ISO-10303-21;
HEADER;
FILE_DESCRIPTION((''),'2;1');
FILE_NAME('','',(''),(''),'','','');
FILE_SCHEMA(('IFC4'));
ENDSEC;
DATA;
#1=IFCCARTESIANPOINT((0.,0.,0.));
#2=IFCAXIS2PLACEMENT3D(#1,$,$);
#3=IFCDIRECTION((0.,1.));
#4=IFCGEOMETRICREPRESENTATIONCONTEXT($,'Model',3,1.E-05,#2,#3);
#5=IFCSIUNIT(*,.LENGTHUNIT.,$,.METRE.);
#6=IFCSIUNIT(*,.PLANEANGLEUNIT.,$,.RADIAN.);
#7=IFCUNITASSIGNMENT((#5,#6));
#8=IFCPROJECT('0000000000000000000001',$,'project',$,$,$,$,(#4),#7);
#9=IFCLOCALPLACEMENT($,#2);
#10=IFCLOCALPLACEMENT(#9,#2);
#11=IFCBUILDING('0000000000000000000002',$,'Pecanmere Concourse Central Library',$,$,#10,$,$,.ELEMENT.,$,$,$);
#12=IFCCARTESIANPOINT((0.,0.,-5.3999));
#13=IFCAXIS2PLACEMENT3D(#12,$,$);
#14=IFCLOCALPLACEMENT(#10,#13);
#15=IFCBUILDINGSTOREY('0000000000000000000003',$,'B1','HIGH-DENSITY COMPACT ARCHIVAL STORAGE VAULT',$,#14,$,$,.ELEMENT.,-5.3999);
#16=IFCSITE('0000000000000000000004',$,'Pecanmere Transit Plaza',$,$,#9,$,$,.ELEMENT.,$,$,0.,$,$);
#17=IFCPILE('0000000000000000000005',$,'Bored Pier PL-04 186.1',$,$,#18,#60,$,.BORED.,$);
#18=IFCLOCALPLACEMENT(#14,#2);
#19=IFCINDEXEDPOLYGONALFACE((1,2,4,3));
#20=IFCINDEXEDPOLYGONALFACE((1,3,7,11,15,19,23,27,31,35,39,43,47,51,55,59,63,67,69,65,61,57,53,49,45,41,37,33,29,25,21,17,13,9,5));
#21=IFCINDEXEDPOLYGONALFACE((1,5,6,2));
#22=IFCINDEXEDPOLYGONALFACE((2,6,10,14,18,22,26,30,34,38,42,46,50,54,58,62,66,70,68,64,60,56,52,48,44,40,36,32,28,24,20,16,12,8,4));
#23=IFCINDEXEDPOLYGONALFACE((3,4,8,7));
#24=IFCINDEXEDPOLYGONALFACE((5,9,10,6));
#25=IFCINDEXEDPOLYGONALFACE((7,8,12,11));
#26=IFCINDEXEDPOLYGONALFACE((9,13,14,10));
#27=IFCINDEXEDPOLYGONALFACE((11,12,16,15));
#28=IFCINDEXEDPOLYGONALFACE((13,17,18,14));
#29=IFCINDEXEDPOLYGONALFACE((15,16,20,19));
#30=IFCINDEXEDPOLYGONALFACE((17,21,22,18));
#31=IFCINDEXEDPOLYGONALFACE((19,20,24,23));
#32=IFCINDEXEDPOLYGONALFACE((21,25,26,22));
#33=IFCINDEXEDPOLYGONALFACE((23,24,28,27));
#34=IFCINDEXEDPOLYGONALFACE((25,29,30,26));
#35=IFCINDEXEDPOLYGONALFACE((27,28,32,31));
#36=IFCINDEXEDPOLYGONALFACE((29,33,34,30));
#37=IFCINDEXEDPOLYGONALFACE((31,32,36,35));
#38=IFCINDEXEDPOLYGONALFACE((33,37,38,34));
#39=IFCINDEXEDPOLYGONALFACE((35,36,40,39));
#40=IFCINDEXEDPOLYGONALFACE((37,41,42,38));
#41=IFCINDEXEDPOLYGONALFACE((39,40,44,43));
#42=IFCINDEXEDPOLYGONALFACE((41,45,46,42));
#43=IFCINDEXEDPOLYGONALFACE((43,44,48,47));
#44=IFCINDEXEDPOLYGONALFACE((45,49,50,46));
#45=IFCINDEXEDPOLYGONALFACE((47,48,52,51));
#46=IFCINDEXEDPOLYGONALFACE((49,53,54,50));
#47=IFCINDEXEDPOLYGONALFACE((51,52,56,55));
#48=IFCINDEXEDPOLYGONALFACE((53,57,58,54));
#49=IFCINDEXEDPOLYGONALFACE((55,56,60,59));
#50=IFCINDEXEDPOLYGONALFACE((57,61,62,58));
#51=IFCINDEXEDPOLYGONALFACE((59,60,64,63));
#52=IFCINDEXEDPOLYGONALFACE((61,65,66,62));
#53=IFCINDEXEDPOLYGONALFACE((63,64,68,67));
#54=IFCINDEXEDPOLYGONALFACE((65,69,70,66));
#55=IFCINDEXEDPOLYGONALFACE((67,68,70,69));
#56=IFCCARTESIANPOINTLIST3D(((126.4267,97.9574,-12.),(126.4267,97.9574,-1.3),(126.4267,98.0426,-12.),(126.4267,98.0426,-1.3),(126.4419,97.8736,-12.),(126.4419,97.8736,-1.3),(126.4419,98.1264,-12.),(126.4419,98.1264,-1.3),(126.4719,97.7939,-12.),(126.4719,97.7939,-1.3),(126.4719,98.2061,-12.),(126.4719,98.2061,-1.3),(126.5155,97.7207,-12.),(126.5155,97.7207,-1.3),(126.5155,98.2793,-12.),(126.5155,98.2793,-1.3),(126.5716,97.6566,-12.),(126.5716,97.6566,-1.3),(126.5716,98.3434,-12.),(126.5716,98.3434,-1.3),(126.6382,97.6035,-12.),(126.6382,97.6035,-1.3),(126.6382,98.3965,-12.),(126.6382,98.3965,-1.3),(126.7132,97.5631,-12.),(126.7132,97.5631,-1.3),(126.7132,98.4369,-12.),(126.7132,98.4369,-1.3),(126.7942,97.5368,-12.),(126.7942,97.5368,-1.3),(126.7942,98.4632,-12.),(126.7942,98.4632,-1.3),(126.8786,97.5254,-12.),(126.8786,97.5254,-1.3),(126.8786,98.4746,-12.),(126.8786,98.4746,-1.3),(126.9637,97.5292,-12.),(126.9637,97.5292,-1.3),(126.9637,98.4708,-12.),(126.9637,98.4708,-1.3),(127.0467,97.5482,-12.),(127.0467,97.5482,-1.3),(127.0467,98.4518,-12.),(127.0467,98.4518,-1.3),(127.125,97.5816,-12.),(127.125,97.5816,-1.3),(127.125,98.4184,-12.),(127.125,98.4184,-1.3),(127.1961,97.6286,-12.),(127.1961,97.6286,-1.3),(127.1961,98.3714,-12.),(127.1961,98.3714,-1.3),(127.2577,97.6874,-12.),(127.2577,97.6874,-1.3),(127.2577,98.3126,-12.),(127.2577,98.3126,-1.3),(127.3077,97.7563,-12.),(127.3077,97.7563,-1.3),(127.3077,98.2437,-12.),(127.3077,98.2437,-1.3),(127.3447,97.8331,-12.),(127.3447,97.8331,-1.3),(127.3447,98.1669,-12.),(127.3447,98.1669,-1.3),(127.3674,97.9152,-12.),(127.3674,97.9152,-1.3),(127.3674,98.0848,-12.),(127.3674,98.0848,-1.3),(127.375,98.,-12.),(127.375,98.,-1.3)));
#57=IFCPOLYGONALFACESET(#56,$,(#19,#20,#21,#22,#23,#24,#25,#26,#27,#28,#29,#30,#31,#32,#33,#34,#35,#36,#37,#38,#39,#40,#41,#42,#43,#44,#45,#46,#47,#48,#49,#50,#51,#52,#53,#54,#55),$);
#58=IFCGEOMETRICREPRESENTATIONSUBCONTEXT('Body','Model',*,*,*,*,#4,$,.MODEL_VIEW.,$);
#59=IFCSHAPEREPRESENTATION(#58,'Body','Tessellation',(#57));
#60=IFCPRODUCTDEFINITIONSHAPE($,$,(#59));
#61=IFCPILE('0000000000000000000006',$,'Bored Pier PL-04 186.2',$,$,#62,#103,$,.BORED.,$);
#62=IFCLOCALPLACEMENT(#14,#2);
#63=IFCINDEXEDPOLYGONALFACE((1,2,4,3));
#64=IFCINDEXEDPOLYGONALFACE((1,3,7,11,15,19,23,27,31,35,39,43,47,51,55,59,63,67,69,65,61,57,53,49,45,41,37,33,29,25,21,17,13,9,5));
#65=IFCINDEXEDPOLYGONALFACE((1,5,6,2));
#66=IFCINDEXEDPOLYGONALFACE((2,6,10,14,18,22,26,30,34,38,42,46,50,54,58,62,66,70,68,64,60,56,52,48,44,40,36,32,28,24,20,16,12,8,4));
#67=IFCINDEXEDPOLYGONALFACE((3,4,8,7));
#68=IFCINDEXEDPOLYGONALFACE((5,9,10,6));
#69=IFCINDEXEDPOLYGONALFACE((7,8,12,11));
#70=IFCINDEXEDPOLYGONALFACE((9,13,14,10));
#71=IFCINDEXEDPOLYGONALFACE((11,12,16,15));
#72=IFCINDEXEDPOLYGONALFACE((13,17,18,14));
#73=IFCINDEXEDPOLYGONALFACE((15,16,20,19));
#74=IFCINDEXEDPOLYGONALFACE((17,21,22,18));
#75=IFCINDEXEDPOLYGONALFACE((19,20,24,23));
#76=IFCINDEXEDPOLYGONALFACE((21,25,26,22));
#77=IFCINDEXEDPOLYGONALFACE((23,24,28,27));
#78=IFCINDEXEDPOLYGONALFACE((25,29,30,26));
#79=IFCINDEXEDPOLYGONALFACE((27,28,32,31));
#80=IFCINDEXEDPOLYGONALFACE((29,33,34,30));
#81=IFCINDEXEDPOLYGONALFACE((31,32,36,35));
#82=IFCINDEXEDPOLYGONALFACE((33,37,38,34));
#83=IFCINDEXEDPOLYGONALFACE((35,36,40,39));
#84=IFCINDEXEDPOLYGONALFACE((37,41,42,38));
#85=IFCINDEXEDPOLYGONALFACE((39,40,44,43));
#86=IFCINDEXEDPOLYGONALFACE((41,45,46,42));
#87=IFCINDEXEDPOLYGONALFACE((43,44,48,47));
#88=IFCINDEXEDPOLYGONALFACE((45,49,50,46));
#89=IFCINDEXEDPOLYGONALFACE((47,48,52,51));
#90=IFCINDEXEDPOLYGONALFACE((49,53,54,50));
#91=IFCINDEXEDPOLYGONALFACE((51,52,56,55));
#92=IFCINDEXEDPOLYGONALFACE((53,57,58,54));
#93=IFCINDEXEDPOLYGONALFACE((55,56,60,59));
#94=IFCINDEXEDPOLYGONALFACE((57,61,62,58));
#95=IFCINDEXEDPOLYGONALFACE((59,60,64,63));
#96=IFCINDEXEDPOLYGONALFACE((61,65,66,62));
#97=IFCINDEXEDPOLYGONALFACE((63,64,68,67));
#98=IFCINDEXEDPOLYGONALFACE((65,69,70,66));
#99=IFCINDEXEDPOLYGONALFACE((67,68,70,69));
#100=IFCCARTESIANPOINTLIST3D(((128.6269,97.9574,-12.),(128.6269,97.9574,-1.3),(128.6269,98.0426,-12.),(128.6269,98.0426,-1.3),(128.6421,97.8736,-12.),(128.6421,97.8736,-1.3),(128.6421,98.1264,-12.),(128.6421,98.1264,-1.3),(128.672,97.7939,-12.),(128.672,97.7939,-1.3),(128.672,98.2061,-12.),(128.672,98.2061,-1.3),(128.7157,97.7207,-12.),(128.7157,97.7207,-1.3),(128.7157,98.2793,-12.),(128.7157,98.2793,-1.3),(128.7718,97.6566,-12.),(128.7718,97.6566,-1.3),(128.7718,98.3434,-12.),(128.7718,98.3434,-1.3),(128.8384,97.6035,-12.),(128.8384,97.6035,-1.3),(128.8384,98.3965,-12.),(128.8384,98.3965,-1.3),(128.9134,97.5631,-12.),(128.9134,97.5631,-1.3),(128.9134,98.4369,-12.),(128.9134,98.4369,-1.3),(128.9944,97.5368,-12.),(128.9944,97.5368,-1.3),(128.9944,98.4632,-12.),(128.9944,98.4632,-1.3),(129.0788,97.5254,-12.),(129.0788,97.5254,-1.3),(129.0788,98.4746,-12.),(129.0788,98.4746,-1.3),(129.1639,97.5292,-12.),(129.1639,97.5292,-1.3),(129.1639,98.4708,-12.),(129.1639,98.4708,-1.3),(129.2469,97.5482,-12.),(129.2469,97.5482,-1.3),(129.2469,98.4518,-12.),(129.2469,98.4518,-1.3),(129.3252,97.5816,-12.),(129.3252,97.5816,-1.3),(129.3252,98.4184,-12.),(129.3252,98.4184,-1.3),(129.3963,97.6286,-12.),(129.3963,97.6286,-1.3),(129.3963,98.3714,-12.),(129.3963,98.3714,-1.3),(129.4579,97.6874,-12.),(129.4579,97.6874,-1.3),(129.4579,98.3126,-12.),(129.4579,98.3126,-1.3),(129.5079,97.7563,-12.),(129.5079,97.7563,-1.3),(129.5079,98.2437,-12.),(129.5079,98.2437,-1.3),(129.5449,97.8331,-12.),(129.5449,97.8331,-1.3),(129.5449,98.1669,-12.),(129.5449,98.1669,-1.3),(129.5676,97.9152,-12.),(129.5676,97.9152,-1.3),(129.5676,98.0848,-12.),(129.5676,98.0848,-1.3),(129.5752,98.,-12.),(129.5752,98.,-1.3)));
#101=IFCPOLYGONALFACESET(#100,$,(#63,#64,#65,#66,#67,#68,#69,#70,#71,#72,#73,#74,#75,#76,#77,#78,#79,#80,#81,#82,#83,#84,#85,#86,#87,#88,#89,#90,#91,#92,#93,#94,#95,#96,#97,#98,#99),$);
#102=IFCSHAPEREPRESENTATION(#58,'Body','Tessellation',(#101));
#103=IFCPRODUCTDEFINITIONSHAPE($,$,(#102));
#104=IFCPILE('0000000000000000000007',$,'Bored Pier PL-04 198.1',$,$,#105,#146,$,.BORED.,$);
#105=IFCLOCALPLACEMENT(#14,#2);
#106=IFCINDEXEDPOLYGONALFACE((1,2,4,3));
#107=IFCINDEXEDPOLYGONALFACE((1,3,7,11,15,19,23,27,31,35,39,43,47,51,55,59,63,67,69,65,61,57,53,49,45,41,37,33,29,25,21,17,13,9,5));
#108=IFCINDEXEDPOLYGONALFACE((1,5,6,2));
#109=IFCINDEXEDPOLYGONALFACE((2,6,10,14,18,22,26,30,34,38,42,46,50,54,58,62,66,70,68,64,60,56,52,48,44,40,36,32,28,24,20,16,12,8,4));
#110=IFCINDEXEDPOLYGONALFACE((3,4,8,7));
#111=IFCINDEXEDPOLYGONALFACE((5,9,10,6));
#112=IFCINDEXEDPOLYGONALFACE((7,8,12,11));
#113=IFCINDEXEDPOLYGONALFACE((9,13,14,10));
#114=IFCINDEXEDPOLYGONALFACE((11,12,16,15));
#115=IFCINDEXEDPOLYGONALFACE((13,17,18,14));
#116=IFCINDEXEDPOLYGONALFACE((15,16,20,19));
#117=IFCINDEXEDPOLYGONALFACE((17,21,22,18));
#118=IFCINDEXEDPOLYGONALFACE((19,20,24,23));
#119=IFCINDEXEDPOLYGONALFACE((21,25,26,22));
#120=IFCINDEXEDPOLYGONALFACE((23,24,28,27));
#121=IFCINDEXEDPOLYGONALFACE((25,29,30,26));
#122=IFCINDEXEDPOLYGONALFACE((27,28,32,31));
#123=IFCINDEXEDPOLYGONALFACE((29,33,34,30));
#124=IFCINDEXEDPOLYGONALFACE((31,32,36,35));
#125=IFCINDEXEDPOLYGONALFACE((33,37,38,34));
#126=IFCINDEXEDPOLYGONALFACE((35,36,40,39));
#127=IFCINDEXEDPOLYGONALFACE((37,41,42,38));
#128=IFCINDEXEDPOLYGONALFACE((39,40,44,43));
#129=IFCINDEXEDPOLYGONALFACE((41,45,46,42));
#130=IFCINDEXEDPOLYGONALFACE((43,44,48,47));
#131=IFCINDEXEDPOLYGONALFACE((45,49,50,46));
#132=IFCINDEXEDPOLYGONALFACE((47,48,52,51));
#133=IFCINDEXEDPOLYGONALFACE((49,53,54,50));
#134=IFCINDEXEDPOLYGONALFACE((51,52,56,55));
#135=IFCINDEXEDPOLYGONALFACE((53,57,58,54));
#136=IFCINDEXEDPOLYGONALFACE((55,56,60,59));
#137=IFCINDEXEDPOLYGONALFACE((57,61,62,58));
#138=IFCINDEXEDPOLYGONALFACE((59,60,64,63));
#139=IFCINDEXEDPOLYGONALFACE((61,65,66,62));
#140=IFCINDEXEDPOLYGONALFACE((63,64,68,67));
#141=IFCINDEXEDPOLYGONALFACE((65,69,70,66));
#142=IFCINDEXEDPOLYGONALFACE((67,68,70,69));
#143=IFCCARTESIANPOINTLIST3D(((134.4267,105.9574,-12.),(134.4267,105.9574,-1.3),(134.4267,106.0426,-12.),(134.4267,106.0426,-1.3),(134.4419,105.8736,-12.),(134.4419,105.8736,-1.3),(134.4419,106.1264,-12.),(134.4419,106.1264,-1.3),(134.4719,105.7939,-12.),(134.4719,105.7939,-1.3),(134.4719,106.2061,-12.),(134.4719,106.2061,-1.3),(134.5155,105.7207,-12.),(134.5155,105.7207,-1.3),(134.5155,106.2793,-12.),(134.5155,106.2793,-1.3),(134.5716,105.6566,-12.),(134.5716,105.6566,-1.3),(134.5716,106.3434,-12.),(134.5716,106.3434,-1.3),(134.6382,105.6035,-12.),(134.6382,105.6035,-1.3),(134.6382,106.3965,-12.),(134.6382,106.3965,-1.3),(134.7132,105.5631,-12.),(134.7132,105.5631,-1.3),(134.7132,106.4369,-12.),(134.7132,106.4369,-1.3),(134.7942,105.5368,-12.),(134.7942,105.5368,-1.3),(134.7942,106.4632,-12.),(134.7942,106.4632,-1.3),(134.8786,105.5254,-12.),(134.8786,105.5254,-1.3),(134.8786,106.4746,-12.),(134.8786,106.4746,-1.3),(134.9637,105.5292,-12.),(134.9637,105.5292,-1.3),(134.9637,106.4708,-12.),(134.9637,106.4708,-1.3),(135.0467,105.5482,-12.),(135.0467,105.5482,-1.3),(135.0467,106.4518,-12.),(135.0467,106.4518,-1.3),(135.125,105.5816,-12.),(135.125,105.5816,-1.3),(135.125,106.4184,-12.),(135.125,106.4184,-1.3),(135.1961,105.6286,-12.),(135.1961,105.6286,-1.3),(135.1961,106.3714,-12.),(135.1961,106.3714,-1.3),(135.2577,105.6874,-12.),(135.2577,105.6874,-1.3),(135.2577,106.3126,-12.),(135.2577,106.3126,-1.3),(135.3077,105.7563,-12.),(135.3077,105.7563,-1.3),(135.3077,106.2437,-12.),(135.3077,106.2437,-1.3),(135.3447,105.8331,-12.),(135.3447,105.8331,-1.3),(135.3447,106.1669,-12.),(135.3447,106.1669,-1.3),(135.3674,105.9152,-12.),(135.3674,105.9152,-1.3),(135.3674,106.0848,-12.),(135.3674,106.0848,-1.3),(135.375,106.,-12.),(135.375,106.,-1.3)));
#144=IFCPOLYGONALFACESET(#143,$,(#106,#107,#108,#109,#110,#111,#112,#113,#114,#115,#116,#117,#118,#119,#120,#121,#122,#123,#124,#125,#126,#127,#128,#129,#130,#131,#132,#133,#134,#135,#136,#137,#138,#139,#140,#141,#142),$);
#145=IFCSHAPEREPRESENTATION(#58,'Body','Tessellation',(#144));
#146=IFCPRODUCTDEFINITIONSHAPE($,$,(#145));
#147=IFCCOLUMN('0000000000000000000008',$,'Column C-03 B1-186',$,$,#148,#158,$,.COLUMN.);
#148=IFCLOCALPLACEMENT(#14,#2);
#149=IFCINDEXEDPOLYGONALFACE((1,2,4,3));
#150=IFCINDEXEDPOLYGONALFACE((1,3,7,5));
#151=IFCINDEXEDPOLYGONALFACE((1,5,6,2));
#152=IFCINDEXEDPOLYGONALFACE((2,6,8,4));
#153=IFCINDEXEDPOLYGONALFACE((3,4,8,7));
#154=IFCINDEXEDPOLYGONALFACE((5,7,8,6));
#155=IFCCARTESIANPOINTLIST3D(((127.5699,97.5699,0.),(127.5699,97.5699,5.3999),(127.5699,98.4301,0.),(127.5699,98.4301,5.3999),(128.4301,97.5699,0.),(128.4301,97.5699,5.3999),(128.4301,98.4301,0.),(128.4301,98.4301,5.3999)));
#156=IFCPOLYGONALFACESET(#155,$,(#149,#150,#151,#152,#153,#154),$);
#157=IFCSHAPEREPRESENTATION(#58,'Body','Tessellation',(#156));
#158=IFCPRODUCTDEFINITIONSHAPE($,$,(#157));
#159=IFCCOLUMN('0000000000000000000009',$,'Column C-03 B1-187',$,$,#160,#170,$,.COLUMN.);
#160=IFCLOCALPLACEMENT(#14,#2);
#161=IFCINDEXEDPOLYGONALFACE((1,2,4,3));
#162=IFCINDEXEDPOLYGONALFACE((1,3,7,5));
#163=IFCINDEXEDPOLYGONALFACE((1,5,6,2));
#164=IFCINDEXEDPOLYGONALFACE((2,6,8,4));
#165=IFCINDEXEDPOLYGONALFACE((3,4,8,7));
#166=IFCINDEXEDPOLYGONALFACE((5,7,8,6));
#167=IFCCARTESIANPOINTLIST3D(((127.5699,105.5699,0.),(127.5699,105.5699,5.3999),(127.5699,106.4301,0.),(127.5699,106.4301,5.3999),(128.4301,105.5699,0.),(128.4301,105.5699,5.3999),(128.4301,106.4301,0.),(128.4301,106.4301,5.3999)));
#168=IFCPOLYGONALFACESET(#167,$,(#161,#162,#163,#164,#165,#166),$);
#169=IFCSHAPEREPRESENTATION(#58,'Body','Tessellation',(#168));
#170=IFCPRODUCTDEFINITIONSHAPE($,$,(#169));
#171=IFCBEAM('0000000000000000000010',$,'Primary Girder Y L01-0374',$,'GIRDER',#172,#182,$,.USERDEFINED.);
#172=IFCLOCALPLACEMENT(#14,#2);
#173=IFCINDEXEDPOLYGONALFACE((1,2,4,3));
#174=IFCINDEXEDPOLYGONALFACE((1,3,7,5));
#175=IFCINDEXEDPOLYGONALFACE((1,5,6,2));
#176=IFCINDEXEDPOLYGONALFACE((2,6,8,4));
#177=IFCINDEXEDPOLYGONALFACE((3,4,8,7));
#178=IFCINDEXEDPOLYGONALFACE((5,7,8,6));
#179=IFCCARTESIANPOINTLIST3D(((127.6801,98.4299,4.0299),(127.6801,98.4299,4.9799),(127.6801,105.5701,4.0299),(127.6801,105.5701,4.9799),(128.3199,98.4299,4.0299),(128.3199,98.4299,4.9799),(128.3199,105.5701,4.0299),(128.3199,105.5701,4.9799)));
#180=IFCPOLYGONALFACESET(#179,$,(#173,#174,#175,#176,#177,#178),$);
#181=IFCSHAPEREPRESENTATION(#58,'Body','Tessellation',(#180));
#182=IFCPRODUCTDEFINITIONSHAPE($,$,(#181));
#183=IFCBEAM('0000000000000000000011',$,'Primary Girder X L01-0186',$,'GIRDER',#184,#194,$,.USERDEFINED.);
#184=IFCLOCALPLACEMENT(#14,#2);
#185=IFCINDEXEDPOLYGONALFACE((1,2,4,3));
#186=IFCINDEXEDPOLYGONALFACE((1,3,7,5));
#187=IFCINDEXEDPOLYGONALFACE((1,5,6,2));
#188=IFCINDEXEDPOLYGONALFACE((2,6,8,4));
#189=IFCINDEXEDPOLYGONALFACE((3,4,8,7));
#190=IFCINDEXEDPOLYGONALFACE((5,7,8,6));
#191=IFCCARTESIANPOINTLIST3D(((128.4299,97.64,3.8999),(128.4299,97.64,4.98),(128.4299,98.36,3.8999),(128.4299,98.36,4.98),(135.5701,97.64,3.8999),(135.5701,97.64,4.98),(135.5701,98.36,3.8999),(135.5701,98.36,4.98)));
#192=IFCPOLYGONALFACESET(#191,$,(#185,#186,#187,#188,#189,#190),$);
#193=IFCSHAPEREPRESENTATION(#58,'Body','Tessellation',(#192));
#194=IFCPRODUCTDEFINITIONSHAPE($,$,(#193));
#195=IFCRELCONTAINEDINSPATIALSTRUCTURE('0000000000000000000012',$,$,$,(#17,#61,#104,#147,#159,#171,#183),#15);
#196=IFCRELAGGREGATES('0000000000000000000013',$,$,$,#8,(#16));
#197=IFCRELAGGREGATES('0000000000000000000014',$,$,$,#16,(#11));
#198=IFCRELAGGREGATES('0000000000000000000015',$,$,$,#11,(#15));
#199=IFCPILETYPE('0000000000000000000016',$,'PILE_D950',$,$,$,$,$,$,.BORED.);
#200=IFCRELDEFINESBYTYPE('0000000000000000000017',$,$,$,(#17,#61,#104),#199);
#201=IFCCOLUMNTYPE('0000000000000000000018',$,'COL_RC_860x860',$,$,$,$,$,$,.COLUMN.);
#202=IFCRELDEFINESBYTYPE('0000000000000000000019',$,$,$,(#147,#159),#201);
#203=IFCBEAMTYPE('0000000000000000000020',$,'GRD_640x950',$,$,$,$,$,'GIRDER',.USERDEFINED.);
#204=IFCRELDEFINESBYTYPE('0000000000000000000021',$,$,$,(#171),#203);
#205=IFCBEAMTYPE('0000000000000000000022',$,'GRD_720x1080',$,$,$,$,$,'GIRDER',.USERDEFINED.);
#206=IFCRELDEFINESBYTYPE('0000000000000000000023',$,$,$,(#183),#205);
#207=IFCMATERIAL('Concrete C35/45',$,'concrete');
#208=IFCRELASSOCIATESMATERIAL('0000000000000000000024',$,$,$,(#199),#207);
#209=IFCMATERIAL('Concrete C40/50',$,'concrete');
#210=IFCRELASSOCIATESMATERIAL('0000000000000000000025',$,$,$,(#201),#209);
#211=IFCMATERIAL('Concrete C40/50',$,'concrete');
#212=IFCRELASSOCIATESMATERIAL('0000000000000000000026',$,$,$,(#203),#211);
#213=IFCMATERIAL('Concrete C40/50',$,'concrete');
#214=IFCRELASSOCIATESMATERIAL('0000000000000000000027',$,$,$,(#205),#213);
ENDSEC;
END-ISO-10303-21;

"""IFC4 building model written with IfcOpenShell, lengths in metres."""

from ifc_helpers import new_model, si_unit, direction, frame, origin, origin_2d, place, context, subcontext, project, spatial, rectangle, circle, extrude, material, material_profile, profile_set, type_object, element, save


model = new_model("IFC4")

# Units and contexts
model_context = context("Model", 3, precision=1e-05, world=origin(), true_north=direction((0.0, 1.0)))
body_context = subcontext(model_context, "Body", "Model", "MODEL_VIEW")
ifc_project = project(units=[si_unit("LENGTHUNIT", "METRE"), si_unit("PLANEANGLEUNIT", "RADIAN")], contexts=[model_context])

# Site, building, storey
site_placement = place(None, origin())
site = spatial("IfcSite", under=ifc_project, at=site_placement, Name="Pecanmere Transit Plaza", CompositionType="ELEMENT", RefElevation=0.0)
building_placement = place(site_placement, origin())
building = spatial("IfcBuilding", under=site, at=building_placement, Name="Pecanmere Concourse Central Library", CompositionType="ELEMENT")
storey_placement = place(building_placement, frame((0.0, 0.0, -5.3999)))
storey = spatial("IfcBuildingStorey", under=building, at=storey_placement, Name="B1", Description="HIGH-DENSITY COMPACT ARCHIVAL STORAGE VAULT", CompositionType="ELEMENT", Elevation=-5.3999)

# Piles
ifc_material_1 = material(Name="Concrete C35/45", Category="concrete")
ifc_material_profile_1 = material_profile(ifc_material_1, circle(Radius=0.4751, at=origin_2d()), Name="PIER D950")
ifc_profile_set_1 = profile_set([ifc_material_profile_1], Name="Concrete C35/45")
pile_type_1 = type_object("IfcPileType", Name="PILE_D950", PredefinedType="BORED", material=ifc_profile_set_1)
for number, where, z_axis, x_axis, name in (
    (1, (126.8999, 98.0, -1.3), (0.0, 0.0, -1.0), (1.0, 0.0, 0.0), "Bored Pier PL-04 186.1"),
    (2, (129.1001, 98.0, -1.3), (0.0, 0.0, -1.0), (1.0, 0.0, 0.0), "Bored Pier PL-04 186.2"),
    (3, (134.8999, 106.0, -1.3), (0.0, 0.0, -1.0), (1.0, 0.0, 0.0), "Bored Pier PL-04 198.1"),
):
    element("IfcPile", number, at=place(storey_placement, frame(where, z_axis=z_axis, x_axis=x_axis)), inside=storey, type_object=pile_type_1, Name=name, PredefinedType="BORED", context=body_context, shape_type="SweptSolid", body=[
        extrude(circle(Radius=0.4751, at=origin_2d()), origin(), (0.0, 0.0, 1.0), 10.7),
    ])

# Columns
ifc_material_2 = material(Name="Concrete C40/50", Category="concrete")
ifc_material_profile_2 = material_profile(ifc_material_2, rectangle(XDim=0.8601, YDim=0.8601, at=origin_2d()), Name="RC 860x860")
ifc_profile_set_2 = profile_set([ifc_material_profile_2], Name="Concrete C40/50")
column_type = type_object("IfcColumnType", Name="COL_RC_860x860", PredefinedType="COLUMN", material=ifc_profile_set_2)
for number, where, z_axis, x_axis, name in (
    (4, (128.0, 98.0, 0.0), (0.0, 0.0, 1.0), (1.0, 0.0, 0.0), "Column C-03 B1-186"),
    (5, (128.0, 106.0, 0.0), (0.0, 0.0, 1.0), (1.0, 0.0, 0.0), "Column C-03 B1-187"),
):
    element("IfcColumn", number, at=place(storey_placement, frame(where, z_axis=z_axis, x_axis=x_axis)), inside=storey, type_object=column_type, Name=name, PredefinedType="COLUMN", context=body_context, shape_type="SweptSolid", body=[
        extrude(rectangle(XDim=0.8601, YDim=0.8601, at=origin_2d()), origin(), (0.0, 0.0, 1.0), 5.3999),
    ])

# Beams
ifc_material_3 = material(Name="Concrete C40/50", Category="concrete")
ifc_material_profile_3 = material_profile(ifc_material_3, rectangle(XDim=0.6399, YDim=0.95, at=origin_2d()), Name="RC 640x950")
ifc_profile_set_3 = profile_set([ifc_material_profile_3], Name="Concrete C40/50")
beam_type_1 = type_object("IfcBeamType", Name="GRD_640x950", ElementType="GIRDER", PredefinedType="USERDEFINED", material=ifc_profile_set_3)
beam_1_placement = place(storey_placement, frame((128.0, 98.4299, 4.5049), z_axis=(0.0, 1.0, 0.0), x_axis=(-1.0, 0.0, 0.0)))
element("IfcBeam", 6, at=beam_1_placement, inside=storey, type_object=beam_type_1, Name="Primary Girder Y L01-0374", ObjectType="GIRDER", PredefinedType="USERDEFINED", context=body_context, shape_type="SweptSolid", body=[
    extrude(rectangle(XDim=0.6399, YDim=0.95, at=origin_2d()), origin(), (0.0, 0.0, 1.0), 7.1401),
])
ifc_material_4 = material(Name="Concrete C40/50", Category="concrete")
ifc_material_profile_4 = material_profile(ifc_material_4, rectangle(XDim=0.72, YDim=1.0801, at=origin_2d()), Name="RC 720x1080")
ifc_profile_set_4 = profile_set([ifc_material_profile_4], Name="Concrete C40/50")
beam_type_2 = type_object("IfcBeamType", Name="GRD_720x1080", ElementType="GIRDER", PredefinedType="USERDEFINED", material=ifc_profile_set_4)
for number, where, z_axis, x_axis, name in (
    (7, (128.4299, 98.0, 4.4399), (1.0, 0.0, 0.0), (0.0, 1.0, 0.0), "Primary Girder X L01-0186"),
):
    element("IfcBeam", number, at=place(storey_placement, frame(where, z_axis=z_axis, x_axis=x_axis)), inside=storey, type_object=beam_type_2, Name=name, ObjectType="GIRDER", PredefinedType="USERDEFINED", context=body_context, shape_type="SweptSolid", body=[
        extrude(rectangle(XDim=0.72, YDim=1.0801, at=origin_2d()), origin(), (0.0, 0.0, 1.0), 7.1401),
    ])

save(model, "model.ifc")
